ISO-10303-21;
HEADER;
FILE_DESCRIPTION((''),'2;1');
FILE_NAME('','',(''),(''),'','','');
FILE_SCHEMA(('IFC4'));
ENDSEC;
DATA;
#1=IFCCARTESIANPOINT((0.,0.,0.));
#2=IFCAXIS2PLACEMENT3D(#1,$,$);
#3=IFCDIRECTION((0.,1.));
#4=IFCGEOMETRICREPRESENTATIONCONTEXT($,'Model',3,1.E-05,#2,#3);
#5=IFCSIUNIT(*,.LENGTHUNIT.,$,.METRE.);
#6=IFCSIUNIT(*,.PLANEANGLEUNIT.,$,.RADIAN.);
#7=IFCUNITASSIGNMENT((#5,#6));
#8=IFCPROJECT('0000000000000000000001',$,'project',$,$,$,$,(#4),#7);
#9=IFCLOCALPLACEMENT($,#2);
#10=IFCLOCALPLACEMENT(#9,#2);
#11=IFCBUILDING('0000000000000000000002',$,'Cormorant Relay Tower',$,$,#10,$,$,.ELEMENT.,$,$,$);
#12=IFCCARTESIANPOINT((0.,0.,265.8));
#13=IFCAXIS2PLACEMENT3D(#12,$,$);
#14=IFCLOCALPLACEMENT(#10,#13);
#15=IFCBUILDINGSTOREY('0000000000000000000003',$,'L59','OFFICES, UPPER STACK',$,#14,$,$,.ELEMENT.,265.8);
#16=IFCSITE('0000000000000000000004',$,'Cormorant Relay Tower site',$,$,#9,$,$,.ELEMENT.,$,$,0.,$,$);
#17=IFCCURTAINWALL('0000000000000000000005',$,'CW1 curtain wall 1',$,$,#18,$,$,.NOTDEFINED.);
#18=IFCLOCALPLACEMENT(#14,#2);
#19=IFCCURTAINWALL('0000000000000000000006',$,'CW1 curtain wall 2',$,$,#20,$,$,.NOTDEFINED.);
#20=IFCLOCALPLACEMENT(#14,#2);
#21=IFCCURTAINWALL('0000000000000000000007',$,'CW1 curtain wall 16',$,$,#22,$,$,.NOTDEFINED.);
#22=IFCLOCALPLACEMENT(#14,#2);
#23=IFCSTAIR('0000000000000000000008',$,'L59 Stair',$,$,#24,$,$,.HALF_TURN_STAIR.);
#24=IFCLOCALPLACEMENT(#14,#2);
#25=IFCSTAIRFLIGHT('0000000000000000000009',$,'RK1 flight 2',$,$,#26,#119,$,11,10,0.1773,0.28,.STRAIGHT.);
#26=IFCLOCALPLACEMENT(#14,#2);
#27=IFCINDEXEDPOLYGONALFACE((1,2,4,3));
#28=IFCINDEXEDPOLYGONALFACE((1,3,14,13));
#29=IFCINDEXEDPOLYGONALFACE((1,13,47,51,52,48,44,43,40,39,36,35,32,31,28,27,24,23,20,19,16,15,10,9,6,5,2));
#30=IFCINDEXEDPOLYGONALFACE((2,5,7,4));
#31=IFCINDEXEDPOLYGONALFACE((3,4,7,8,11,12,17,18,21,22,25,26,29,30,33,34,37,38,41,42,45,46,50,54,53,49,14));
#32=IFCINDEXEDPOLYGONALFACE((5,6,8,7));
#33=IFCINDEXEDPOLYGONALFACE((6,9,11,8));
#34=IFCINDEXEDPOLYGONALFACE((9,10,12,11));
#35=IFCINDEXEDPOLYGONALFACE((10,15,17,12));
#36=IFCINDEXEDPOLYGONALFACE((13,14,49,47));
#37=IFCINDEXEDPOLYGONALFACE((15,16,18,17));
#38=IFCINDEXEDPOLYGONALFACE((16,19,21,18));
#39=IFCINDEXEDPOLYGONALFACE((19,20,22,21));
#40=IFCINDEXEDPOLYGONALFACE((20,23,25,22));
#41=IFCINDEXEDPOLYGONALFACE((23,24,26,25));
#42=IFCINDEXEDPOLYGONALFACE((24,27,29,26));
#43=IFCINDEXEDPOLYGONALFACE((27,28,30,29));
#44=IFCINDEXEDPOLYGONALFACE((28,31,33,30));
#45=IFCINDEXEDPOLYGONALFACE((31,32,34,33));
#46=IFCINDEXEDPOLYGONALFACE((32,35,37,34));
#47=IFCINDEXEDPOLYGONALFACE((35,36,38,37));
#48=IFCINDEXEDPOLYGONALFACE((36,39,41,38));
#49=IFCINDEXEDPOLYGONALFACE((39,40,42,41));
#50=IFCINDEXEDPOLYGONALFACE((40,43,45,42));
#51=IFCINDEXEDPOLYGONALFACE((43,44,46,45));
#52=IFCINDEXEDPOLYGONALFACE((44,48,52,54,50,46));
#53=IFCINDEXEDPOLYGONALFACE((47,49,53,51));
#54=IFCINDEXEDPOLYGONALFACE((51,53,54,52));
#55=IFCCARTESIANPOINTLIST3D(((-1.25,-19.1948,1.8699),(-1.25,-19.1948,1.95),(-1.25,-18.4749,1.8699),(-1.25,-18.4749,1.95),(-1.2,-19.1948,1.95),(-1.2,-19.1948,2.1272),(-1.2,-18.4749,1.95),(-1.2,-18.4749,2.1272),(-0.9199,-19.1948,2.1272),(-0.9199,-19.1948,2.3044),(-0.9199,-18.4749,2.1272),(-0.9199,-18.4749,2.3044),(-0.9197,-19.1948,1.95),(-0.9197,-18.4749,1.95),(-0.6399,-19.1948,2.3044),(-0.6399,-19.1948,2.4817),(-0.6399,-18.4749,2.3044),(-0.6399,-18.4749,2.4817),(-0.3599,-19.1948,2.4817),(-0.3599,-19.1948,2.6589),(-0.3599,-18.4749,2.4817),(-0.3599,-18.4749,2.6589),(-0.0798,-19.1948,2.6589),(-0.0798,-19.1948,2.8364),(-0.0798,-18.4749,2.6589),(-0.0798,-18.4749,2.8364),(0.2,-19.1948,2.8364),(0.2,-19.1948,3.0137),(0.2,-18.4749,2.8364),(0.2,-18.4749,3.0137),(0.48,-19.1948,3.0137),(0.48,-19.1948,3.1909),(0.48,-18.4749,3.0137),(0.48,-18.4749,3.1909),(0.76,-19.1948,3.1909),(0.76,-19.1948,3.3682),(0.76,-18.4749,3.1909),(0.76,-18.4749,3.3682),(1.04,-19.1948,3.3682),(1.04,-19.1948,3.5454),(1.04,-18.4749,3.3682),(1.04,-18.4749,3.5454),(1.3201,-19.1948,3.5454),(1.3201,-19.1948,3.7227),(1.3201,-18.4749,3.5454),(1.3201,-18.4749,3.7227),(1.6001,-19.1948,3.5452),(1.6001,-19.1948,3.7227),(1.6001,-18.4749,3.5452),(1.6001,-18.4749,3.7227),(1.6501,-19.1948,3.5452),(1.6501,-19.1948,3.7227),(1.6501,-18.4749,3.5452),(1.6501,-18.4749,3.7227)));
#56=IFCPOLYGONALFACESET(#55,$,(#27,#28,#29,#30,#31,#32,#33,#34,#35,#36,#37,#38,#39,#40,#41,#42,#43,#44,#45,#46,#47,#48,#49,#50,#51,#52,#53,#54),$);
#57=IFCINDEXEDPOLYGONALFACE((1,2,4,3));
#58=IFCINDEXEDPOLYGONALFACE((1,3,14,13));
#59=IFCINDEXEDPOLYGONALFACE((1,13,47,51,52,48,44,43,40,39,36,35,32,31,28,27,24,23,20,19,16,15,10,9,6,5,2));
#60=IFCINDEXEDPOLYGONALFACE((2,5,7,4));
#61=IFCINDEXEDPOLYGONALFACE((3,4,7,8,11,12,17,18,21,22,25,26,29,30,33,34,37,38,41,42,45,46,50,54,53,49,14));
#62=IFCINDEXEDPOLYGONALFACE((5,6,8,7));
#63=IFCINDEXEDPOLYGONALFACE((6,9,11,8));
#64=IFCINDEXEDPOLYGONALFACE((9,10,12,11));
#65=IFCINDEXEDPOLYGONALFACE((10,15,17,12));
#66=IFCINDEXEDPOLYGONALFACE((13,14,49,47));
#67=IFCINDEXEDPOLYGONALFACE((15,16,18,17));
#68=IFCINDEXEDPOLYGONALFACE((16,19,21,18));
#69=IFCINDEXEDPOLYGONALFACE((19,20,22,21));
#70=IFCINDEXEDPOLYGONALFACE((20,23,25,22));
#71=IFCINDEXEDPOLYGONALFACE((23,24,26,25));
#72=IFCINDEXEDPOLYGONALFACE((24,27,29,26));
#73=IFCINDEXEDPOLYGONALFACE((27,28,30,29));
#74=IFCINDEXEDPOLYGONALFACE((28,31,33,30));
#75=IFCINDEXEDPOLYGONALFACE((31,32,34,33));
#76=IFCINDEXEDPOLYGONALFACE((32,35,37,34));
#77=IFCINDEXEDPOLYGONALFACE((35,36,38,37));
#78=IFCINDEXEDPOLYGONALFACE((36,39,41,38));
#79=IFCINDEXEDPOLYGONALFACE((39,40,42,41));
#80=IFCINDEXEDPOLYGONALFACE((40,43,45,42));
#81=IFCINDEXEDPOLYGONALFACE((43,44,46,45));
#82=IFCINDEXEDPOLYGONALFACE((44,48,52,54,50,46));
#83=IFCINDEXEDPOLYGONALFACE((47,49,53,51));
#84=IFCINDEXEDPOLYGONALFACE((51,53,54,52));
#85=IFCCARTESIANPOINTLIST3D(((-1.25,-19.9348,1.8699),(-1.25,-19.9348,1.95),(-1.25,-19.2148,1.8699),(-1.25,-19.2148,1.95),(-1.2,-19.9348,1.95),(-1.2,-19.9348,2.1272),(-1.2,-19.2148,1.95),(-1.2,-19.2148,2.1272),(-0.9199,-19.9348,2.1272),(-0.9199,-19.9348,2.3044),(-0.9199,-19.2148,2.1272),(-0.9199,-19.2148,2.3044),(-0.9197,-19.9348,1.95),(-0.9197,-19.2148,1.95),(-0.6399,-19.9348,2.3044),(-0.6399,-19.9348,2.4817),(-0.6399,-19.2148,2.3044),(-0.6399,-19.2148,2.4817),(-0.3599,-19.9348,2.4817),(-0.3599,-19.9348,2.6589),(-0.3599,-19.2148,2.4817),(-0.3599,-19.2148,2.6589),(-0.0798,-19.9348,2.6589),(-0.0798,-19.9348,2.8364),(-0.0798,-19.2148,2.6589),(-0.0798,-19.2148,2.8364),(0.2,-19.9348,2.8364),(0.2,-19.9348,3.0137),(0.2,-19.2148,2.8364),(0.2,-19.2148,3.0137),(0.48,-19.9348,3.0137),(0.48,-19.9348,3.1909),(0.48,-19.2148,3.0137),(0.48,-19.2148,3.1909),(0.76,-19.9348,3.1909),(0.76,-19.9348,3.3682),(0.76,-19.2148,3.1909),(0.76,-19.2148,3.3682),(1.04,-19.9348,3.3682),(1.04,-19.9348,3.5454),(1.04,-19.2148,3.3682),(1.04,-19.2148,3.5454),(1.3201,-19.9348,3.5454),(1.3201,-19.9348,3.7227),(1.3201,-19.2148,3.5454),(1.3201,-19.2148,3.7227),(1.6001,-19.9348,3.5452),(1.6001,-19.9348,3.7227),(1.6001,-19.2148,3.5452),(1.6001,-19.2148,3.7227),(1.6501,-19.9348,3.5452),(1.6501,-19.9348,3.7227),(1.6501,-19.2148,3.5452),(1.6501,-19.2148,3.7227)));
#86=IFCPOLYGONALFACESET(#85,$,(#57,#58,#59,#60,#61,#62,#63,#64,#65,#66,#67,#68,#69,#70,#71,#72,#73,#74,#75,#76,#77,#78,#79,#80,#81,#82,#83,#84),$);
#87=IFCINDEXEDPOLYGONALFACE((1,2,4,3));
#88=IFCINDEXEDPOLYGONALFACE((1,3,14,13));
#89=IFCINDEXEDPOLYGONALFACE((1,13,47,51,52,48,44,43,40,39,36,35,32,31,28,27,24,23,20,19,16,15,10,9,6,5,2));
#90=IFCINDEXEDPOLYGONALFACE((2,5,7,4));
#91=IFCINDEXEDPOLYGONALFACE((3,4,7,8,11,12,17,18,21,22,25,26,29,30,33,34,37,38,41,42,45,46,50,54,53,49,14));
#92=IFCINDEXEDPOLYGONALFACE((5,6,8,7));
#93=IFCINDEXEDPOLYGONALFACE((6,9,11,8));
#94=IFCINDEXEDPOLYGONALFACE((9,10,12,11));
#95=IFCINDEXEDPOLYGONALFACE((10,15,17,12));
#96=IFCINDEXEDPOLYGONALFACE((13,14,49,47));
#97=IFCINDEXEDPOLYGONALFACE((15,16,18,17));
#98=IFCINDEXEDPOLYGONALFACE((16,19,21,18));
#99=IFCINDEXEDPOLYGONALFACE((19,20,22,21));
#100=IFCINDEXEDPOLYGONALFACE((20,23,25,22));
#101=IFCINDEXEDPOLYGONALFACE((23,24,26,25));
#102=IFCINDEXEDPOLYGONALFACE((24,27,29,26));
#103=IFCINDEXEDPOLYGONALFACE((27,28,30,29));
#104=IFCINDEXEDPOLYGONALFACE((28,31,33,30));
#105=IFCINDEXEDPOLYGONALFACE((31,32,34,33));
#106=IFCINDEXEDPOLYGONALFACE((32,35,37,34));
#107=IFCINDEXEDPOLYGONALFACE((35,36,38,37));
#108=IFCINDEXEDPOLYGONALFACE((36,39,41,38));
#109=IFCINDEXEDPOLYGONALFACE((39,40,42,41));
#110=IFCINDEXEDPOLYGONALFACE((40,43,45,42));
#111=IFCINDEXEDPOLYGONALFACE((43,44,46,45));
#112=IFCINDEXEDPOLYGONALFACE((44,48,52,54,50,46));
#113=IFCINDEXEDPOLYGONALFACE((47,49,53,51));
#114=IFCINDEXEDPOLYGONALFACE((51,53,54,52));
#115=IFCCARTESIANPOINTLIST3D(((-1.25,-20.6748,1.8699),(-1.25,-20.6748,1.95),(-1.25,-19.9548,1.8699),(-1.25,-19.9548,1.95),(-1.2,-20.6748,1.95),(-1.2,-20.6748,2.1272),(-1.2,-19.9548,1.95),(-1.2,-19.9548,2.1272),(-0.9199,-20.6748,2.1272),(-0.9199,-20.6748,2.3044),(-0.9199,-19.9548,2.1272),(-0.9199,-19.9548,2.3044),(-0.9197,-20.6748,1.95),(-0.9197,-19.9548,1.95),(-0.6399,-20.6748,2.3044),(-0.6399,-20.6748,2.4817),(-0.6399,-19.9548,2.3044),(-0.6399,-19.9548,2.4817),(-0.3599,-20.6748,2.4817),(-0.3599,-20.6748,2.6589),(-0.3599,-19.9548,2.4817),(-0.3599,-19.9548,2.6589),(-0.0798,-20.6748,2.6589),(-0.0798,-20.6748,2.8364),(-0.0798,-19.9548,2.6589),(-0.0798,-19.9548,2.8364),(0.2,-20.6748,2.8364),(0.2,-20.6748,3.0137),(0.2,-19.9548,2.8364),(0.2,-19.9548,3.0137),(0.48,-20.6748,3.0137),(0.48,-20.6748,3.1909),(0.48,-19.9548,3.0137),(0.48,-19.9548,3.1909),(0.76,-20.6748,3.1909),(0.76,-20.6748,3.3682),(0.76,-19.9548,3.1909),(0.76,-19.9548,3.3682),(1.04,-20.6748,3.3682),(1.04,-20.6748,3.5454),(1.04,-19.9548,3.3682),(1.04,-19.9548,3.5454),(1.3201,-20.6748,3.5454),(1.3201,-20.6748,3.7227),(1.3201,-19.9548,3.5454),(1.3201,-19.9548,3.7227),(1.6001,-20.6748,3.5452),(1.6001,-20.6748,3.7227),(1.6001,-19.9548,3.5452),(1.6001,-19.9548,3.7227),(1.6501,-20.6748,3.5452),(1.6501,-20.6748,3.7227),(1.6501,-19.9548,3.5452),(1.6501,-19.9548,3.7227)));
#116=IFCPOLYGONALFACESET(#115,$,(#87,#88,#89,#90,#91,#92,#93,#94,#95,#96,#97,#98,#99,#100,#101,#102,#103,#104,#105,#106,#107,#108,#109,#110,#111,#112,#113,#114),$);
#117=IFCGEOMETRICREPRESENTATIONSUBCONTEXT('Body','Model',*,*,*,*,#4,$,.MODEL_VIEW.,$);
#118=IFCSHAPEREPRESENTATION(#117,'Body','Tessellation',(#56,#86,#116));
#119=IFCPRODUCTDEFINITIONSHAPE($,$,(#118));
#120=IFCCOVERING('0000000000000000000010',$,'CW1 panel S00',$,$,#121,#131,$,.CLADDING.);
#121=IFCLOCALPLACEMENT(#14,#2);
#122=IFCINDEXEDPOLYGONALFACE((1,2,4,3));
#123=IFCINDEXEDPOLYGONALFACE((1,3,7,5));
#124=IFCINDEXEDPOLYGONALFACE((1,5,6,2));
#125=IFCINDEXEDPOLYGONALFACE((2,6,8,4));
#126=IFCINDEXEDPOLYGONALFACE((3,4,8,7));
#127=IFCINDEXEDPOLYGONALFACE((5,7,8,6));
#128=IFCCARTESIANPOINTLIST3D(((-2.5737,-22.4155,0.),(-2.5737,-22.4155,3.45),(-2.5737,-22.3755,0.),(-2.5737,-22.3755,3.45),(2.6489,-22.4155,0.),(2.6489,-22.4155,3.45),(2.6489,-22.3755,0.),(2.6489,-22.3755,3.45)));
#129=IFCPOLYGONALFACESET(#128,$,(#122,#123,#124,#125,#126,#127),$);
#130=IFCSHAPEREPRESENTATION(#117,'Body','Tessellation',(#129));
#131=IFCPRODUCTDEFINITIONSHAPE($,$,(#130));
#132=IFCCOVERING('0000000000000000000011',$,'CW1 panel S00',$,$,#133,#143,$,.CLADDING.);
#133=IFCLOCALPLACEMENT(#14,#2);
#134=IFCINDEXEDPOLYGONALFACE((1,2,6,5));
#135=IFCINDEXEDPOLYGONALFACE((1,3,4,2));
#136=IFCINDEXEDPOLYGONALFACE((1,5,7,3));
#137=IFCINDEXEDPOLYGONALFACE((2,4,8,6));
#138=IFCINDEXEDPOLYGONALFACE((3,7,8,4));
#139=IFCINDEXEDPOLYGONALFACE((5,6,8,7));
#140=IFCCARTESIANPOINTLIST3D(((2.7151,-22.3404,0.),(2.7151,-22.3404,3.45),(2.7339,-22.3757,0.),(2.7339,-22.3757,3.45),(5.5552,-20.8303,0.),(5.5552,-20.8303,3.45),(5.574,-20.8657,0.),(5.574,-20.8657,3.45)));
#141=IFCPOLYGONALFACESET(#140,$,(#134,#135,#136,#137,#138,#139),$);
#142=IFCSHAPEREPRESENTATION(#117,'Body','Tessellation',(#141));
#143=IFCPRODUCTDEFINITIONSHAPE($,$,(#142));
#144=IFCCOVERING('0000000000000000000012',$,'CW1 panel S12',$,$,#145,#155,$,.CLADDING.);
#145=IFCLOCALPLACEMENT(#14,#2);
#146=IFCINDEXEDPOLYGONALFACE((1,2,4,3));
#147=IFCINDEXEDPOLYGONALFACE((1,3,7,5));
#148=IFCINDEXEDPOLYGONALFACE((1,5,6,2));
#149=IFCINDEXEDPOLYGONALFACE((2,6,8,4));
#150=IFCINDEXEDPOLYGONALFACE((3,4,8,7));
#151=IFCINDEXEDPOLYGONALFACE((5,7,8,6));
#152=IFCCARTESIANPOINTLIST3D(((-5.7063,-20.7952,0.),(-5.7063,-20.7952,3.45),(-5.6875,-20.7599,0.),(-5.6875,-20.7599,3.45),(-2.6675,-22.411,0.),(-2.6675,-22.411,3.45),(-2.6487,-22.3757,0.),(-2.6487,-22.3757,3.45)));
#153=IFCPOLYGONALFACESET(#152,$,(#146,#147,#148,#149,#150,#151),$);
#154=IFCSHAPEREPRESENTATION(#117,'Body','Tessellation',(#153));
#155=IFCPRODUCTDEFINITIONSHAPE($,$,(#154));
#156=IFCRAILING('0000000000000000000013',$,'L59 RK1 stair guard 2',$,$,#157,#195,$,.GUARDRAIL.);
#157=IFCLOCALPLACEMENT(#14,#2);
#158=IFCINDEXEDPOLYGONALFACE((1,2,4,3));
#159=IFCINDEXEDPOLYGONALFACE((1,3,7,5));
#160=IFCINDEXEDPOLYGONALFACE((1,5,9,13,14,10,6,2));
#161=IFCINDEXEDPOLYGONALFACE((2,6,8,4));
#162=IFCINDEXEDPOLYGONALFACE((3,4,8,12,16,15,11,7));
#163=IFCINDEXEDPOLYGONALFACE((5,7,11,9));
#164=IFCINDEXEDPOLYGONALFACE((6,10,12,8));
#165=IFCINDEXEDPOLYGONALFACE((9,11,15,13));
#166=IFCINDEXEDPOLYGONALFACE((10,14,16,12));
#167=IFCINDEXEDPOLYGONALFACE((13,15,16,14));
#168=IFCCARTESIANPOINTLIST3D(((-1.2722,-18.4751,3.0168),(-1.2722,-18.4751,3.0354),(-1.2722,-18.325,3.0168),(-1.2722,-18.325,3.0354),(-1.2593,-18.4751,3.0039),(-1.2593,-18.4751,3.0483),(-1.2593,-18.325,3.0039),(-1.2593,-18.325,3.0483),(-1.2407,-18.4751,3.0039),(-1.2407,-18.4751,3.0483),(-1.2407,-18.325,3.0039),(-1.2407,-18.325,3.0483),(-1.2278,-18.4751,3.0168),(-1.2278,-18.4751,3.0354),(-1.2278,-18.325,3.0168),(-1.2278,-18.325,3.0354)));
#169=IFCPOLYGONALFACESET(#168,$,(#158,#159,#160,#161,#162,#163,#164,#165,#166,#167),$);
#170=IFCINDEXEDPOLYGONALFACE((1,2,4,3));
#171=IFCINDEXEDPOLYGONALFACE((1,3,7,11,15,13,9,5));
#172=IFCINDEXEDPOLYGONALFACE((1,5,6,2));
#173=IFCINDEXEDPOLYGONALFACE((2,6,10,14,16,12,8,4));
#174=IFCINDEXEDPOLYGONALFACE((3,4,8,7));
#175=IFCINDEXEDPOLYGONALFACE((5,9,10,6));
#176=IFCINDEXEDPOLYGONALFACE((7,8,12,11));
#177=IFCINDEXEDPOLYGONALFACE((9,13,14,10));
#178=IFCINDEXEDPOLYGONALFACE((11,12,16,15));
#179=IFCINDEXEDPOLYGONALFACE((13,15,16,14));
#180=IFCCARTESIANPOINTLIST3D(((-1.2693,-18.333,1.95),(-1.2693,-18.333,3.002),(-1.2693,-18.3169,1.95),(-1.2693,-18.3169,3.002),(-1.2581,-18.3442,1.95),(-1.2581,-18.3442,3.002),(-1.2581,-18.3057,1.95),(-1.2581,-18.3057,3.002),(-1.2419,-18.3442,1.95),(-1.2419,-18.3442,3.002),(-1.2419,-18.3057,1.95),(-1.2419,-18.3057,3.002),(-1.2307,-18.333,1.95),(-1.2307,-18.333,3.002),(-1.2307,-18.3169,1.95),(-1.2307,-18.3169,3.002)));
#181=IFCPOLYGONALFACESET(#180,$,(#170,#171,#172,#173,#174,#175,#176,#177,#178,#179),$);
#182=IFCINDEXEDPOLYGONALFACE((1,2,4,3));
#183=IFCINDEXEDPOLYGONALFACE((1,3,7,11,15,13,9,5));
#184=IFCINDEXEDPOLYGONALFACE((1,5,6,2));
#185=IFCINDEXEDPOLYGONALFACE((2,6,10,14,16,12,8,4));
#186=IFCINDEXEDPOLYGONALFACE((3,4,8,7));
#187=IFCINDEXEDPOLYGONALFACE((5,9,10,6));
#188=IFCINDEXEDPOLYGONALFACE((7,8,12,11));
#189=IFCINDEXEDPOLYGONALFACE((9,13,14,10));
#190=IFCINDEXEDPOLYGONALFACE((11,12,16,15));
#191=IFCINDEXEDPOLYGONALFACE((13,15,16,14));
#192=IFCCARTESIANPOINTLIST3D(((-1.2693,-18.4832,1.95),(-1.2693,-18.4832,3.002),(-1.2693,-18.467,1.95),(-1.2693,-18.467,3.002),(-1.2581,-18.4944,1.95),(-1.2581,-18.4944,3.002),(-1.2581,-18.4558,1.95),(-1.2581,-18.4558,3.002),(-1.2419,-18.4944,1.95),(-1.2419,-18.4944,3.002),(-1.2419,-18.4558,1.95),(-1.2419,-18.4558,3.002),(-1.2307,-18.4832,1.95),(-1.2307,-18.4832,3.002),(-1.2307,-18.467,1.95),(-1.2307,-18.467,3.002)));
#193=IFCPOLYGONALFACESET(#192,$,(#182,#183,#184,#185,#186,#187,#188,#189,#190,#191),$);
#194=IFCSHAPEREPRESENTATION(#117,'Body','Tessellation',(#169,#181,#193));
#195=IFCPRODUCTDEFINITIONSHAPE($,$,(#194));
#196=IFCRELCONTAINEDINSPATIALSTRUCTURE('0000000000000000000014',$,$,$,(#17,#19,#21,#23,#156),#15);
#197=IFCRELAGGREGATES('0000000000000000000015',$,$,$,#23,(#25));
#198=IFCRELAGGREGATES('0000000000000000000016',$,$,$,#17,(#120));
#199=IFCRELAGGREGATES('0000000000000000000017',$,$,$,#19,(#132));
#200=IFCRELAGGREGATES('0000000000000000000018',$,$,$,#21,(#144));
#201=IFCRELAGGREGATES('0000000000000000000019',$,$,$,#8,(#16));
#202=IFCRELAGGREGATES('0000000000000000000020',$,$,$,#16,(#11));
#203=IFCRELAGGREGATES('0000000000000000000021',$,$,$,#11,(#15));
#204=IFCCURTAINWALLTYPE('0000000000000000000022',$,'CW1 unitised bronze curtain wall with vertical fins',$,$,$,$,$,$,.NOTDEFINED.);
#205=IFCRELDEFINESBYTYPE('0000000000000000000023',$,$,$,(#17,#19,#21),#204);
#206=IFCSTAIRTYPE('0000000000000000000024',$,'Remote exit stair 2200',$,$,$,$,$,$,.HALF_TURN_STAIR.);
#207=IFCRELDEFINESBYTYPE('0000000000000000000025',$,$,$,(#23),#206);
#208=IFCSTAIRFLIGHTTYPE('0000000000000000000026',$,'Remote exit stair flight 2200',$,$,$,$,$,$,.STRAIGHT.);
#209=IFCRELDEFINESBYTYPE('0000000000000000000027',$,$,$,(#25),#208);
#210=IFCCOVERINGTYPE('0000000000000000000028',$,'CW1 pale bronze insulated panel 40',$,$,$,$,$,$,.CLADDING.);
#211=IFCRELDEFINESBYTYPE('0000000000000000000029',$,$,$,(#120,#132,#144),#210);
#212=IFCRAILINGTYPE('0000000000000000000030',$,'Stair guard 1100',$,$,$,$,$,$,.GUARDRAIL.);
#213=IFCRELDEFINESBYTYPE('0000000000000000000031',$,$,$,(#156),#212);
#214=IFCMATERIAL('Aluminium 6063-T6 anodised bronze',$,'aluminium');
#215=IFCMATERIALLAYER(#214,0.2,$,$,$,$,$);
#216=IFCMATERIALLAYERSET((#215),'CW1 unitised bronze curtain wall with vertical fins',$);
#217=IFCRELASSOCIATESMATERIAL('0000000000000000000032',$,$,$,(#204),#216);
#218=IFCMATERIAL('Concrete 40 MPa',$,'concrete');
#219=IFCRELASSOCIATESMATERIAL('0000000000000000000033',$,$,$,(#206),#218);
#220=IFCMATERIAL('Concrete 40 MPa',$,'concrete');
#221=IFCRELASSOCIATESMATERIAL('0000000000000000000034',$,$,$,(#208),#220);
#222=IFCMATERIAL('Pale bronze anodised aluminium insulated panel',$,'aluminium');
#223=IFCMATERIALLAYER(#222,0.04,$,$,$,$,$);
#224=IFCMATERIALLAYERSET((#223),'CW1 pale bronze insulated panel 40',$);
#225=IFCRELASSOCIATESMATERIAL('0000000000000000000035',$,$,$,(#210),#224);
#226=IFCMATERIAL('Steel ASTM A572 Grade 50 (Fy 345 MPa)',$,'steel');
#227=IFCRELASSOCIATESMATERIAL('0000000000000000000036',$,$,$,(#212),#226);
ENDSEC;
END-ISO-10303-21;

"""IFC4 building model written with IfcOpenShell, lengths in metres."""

from ifc_helpers import new_model, si_unit, direction, frame, origin, origin_2d, place, context, subcontext, project, spatial, polyline, rectangle, outline, extrude, material, layer, layer_set, type_object, element, aggregate, save


model = new_model("IFC4")

# Units and contexts
model_context = context("Model", 3, precision=1e-05, world=origin(), true_north=direction((0.0, 1.0)))
body_context = subcontext(model_context, "Body", "Model", "MODEL_VIEW")
ifc_project = project(units=[si_unit("LENGTHUNIT", "METRE"), si_unit("PLANEANGLEUNIT", "RADIAN")], contexts=[model_context])

# Site, building, storey
site_placement = place(None, origin())
site = spatial("IfcSite", under=ifc_project, at=site_placement, Name="Cormorant Relay Tower site", CompositionType="ELEMENT", RefElevation=0.0)
building_placement = place(site_placement, origin())
building = spatial("IfcBuilding", under=site, at=building_placement, Name="Cormorant Relay Tower", CompositionType="ELEMENT")
storey_placement = place(building_placement, frame((0.0, 0.0, 265.8)))
storey = spatial("IfcBuildingStorey", under=building, at=storey_placement, Name="L59", Description="OFFICES, UPPER STACK", CompositionType="ELEMENT", Elevation=265.8)

# Curtain wall
ifc_material_1 = material(Name="Aluminium 6063-T6 anodised bronze", Category="aluminium")
ifc_layer_1 = layer(ifc_material_1, 0.2)
ifc_layer_set_1 = layer_set([ifc_layer_1], Name="CW1 unitised bronze curtain wall with vertical fins")
curtain_wall_type = type_object("IfcCurtainWallType", Name="CW1 unitised bronze curtain wall with vertical fins", PredefinedType="NOTDEFINED", material=ifc_layer_set_1)
curtain_wall_1_placement = place(storey_placement, origin())
curtain_wall_1 = element("IfcCurtainWall", 1, at=curtain_wall_1_placement, inside=storey, type_object=curtain_wall_type, Name="CW1 curtain wall 1", PredefinedType="NOTDEFINED")

# Curtain wall
curtain_wall_2_placement = place(storey_placement, origin())
curtain_wall_2 = element("IfcCurtainWall", 2, at=curtain_wall_2_placement, inside=storey, type_object=curtain_wall_type, Name="CW1 curtain wall 2", PredefinedType="NOTDEFINED")

# Curtain wall
curtain_wall_3_placement = place(storey_placement, origin())
curtain_wall_3 = element("IfcCurtainWall", 3, at=curtain_wall_3_placement, inside=storey, type_object=curtain_wall_type, Name="CW1 curtain wall 16", PredefinedType="NOTDEFINED")

# Stair, stair flight
ifc_material_2 = material(Name="Concrete 40 MPa", Category="concrete")
stair_type = type_object("IfcStairType", Name="Remote exit stair 2200", PredefinedType="HALF_TURN_STAIR", material=ifc_material_2)
stair_placement = place(storey_placement, origin())
stair = element("IfcStair", 4, at=stair_placement, inside=storey, type_object=stair_type, Name="L59 Stair", PredefinedType="HALF_TURN_STAIR")
ifc_material_3 = material(Name="Concrete 40 MPa", Category="concrete")
stair_flight_type = type_object("IfcStairFlightType", Name="Remote exit stair flight 2200", PredefinedType="STRAIGHT", material=ifc_material_3)
stair_flight_placement = place(storey_placement, frame((-1.2, -19.575, 1.95), z_axis=(0.0, 0.0, 1.0), x_axis=(1.0, 0.0, 0.0)))
stair_flight = element("IfcStairFlight", 5, at=stair_flight_placement, type_object=stair_flight_type, Name="RK1 flight 2", NumberOfRisers=11, NumberOfTreads=10, PredefinedType="STRAIGHT", RiserHeight=0.1773, TreadLength=0.28, context=body_context, shape_type="SweptSolid", body=[
    extrude(outline(polyline([(-0.05, -0.0801), (-0.05, 0.0), (0.0, 0.0), (0.0, 0.1772), (0.28, 0.1772), (0.28, 0.3545), (0.5601, 0.3545), (0.5601, 0.5317), (0.8401, 0.5317), (0.8401, 0.709), (1.1201, 0.709), (1.1201, 0.8865), (1.3999, 0.8865), (1.3999, 1.0637), (1.6799, 1.0637), (1.6799, 1.241), (1.96, 1.241), (1.96, 1.4182), (2.24, 1.4182), (2.24, 1.5955), (2.52, 1.5955), (2.52, 1.7727), (2.8, 1.7727), (2.8501, 1.7727), (2.8501, 1.5952), (2.8, 1.5952), (0.2803, 0.0), (-0.05, -0.0801)])), frame((0.0, 1.1001, 0.0), z_axis=(0.0, -1.0, 0.0), x_axis=(1.0, 0.0, 0.0)), (0.0, 0.0, 1.0), 0.72),
    extrude(outline(polyline([(-0.05, -0.0801), (-0.05, 0.0), (0.0, 0.0), (0.0, 0.1772), (0.28, 0.1772), (0.28, 0.3545), (0.5601, 0.3545), (0.5601, 0.5317), (0.8401, 0.5317), (0.8401, 0.709), (1.1201, 0.709), (1.1201, 0.8865), (1.3999, 0.8865), (1.3999, 1.0637), (1.6799, 1.0637), (1.6799, 1.241), (1.96, 1.241), (1.96, 1.4182), (2.24, 1.4182), (2.24, 1.5955), (2.52, 1.5955), (2.52, 1.7727), (2.8, 1.7727), (2.8501, 1.7727), (2.8501, 1.5952), (2.8, 1.5952), (0.2803, 0.0), (-0.05, -0.0801)])), frame((0.0, 0.3601, 0.0), z_axis=(0.0, -1.0, 0.0), x_axis=(1.0, 0.0, 0.0)), (0.0, 0.0, 1.0), 0.72),
    extrude(outline(polyline([(-0.05, -0.0801), (-0.05, 0.0), (0.0, 0.0), (0.0, 0.1772), (0.28, 0.1772), (0.28, 0.3545), (0.5601, 0.3545), (0.5601, 0.5317), (0.8401, 0.5317), (0.8401, 0.709), (1.1201, 0.709), (1.1201, 0.8865), (1.3999, 0.8865), (1.3999, 1.0637), (1.6799, 1.0637), (1.6799, 1.241), (1.96, 1.241), (1.96, 1.4182), (2.24, 1.4182), (2.24, 1.5955), (2.52, 1.5955), (2.52, 1.7727), (2.8, 1.7727), (2.8501, 1.7727), (2.8501, 1.5952), (2.8, 1.5952), (0.2803, 0.0), (-0.05, -0.0801)])), frame((0.0, -0.3799, 0.0), z_axis=(0.0, -1.0, 0.0), x_axis=(1.0, 0.0, 0.0)), (0.0, 0.0, 1.0), 0.72),
])
aggregate(stair, [stair_flight])

# Coverings
ifc_material_4 = material(Name="Pale bronze anodised aluminium insulated panel", Category="aluminium")
ifc_layer_2 = layer(ifc_material_4, 0.04)
ifc_layer_set_2 = layer_set([ifc_layer_2], Name="CW1 pale bronze insulated panel 40")
covering_type = type_object("IfcCoveringType", Name="CW1 pale bronze insulated panel 40", PredefinedType="CLADDING", material=ifc_layer_set_2)
covering_1_placement = place(storey_placement, frame((0.0376, -22.3955, 0.0), z_axis=(0.0, 0.0, 1.0), x_axis=(1.0, 0.0, 0.0)))
covering_1 = element("IfcCovering", 6, at=covering_1_placement, type_object=covering_type, Name="CW1 panel S00", PredefinedType="CLADDING", context=body_context, shape_type="SweptSolid", body=[
    extrude(rectangle(XDim=5.2227, YDim=0.04, at=origin_2d()), origin(), (0.0, 0.0, 1.0), 3.45),
])
aggregate(curtain_wall_1, [covering_1])
covering_2_placement = place(storey_placement, frame((4.1445, -21.603, 0.0), z_axis=(0.0, 0.0, 1.0), x_axis=(0.882948, 0.469472, 0.0)))
covering_2 = element("IfcCovering", 7, at=covering_2_placement, type_object=covering_type, Name="CW1 panel S00", PredefinedType="CLADDING", context=body_context, shape_type="SweptSolid", body=[
    extrude(rectangle(XDim=3.2166, YDim=0.04, at=origin_2d()), origin(), (0.0, 0.0, 1.0), 3.45),
])
aggregate(curtain_wall_2, [covering_2])
covering_3_placement = place(storey_placement, frame((-4.1775, -21.5854, 0.0), z_axis=(0.0, 0.0, 1.0), x_axis=(0.882948, -0.469472, 0.0)))
covering_3 = element("IfcCovering", 8, at=covering_3_placement, type_object=covering_type, Name="CW1 panel S12", PredefinedType="CLADDING", context=body_context, shape_type="SweptSolid", body=[
    extrude(rectangle(XDim=3.4417, YDim=0.04, at=origin_2d()), origin(), (0.0, 0.0, 1.0), 3.45),
])
aggregate(curtain_wall_3, [covering_3])

# Railing
ifc_material_5 = material(Name="Steel ASTM A572 Grade 50 (Fy 345 MPa)", Category="steel")
railing_type_1 = type_object("IfcRailingType", Name="Stair guard 1100", PredefinedType="GUARDRAIL", material=ifc_material_5)
railing_1_placement = place(storey_placement, frame((-1.25, -18.325, 1.95)))
element("IfcRailing", 9, at=railing_1_placement, inside=storey, type_object=railing_type_1, Name="L59 RK1 stair guard 2", PredefinedType="GUARDRAIL", context=body_context, shape_type="SweptSolid", body=[
    extrude(outline(polyline([(0.0222, 0.0093), (0.0093, 0.0222), (-0.0093, 0.0222), (-0.0222, 0.0093), (-0.0222, -0.0093), (-0.0093, -0.0222), (0.0093, -0.0222), (0.0222, -0.0093), (0.0222, 0.0093)])), frame((0.0, 0.0, 1.0762), z_axis=(0.0, -1.0, 0.0), x_axis=(1.0, 0.0, 0.0)), (0.0, 0.0, 1.0), 0.1501),
    extrude(outline(polyline([(0.0193, 0.0081), (0.0081, 0.0193), (-0.0081, 0.0193), (-0.0193, 0.0081), (-0.0193, -0.0081), (-0.0081, -0.0193), (0.0081, -0.0193), (0.0193, -0.0081), (0.0193, 0.0081)])), origin(), (0.0, 0.0, 1.0), 1.052),
    extrude(outline(polyline([(0.0193, 0.0081), (0.0081, 0.0193), (-0.0081, 0.0193), (-0.0193, 0.0081), (-0.0193, -0.0081), (-0.0081, -0.0193), (0.0081, -0.0193), (0.0193, -0.0081), (0.0193, 0.0081)])), frame((0.0, -0.1501, 0.0)), (0.0, 0.0, 1.0), 1.052),
])

save(model, "model.ifc")
